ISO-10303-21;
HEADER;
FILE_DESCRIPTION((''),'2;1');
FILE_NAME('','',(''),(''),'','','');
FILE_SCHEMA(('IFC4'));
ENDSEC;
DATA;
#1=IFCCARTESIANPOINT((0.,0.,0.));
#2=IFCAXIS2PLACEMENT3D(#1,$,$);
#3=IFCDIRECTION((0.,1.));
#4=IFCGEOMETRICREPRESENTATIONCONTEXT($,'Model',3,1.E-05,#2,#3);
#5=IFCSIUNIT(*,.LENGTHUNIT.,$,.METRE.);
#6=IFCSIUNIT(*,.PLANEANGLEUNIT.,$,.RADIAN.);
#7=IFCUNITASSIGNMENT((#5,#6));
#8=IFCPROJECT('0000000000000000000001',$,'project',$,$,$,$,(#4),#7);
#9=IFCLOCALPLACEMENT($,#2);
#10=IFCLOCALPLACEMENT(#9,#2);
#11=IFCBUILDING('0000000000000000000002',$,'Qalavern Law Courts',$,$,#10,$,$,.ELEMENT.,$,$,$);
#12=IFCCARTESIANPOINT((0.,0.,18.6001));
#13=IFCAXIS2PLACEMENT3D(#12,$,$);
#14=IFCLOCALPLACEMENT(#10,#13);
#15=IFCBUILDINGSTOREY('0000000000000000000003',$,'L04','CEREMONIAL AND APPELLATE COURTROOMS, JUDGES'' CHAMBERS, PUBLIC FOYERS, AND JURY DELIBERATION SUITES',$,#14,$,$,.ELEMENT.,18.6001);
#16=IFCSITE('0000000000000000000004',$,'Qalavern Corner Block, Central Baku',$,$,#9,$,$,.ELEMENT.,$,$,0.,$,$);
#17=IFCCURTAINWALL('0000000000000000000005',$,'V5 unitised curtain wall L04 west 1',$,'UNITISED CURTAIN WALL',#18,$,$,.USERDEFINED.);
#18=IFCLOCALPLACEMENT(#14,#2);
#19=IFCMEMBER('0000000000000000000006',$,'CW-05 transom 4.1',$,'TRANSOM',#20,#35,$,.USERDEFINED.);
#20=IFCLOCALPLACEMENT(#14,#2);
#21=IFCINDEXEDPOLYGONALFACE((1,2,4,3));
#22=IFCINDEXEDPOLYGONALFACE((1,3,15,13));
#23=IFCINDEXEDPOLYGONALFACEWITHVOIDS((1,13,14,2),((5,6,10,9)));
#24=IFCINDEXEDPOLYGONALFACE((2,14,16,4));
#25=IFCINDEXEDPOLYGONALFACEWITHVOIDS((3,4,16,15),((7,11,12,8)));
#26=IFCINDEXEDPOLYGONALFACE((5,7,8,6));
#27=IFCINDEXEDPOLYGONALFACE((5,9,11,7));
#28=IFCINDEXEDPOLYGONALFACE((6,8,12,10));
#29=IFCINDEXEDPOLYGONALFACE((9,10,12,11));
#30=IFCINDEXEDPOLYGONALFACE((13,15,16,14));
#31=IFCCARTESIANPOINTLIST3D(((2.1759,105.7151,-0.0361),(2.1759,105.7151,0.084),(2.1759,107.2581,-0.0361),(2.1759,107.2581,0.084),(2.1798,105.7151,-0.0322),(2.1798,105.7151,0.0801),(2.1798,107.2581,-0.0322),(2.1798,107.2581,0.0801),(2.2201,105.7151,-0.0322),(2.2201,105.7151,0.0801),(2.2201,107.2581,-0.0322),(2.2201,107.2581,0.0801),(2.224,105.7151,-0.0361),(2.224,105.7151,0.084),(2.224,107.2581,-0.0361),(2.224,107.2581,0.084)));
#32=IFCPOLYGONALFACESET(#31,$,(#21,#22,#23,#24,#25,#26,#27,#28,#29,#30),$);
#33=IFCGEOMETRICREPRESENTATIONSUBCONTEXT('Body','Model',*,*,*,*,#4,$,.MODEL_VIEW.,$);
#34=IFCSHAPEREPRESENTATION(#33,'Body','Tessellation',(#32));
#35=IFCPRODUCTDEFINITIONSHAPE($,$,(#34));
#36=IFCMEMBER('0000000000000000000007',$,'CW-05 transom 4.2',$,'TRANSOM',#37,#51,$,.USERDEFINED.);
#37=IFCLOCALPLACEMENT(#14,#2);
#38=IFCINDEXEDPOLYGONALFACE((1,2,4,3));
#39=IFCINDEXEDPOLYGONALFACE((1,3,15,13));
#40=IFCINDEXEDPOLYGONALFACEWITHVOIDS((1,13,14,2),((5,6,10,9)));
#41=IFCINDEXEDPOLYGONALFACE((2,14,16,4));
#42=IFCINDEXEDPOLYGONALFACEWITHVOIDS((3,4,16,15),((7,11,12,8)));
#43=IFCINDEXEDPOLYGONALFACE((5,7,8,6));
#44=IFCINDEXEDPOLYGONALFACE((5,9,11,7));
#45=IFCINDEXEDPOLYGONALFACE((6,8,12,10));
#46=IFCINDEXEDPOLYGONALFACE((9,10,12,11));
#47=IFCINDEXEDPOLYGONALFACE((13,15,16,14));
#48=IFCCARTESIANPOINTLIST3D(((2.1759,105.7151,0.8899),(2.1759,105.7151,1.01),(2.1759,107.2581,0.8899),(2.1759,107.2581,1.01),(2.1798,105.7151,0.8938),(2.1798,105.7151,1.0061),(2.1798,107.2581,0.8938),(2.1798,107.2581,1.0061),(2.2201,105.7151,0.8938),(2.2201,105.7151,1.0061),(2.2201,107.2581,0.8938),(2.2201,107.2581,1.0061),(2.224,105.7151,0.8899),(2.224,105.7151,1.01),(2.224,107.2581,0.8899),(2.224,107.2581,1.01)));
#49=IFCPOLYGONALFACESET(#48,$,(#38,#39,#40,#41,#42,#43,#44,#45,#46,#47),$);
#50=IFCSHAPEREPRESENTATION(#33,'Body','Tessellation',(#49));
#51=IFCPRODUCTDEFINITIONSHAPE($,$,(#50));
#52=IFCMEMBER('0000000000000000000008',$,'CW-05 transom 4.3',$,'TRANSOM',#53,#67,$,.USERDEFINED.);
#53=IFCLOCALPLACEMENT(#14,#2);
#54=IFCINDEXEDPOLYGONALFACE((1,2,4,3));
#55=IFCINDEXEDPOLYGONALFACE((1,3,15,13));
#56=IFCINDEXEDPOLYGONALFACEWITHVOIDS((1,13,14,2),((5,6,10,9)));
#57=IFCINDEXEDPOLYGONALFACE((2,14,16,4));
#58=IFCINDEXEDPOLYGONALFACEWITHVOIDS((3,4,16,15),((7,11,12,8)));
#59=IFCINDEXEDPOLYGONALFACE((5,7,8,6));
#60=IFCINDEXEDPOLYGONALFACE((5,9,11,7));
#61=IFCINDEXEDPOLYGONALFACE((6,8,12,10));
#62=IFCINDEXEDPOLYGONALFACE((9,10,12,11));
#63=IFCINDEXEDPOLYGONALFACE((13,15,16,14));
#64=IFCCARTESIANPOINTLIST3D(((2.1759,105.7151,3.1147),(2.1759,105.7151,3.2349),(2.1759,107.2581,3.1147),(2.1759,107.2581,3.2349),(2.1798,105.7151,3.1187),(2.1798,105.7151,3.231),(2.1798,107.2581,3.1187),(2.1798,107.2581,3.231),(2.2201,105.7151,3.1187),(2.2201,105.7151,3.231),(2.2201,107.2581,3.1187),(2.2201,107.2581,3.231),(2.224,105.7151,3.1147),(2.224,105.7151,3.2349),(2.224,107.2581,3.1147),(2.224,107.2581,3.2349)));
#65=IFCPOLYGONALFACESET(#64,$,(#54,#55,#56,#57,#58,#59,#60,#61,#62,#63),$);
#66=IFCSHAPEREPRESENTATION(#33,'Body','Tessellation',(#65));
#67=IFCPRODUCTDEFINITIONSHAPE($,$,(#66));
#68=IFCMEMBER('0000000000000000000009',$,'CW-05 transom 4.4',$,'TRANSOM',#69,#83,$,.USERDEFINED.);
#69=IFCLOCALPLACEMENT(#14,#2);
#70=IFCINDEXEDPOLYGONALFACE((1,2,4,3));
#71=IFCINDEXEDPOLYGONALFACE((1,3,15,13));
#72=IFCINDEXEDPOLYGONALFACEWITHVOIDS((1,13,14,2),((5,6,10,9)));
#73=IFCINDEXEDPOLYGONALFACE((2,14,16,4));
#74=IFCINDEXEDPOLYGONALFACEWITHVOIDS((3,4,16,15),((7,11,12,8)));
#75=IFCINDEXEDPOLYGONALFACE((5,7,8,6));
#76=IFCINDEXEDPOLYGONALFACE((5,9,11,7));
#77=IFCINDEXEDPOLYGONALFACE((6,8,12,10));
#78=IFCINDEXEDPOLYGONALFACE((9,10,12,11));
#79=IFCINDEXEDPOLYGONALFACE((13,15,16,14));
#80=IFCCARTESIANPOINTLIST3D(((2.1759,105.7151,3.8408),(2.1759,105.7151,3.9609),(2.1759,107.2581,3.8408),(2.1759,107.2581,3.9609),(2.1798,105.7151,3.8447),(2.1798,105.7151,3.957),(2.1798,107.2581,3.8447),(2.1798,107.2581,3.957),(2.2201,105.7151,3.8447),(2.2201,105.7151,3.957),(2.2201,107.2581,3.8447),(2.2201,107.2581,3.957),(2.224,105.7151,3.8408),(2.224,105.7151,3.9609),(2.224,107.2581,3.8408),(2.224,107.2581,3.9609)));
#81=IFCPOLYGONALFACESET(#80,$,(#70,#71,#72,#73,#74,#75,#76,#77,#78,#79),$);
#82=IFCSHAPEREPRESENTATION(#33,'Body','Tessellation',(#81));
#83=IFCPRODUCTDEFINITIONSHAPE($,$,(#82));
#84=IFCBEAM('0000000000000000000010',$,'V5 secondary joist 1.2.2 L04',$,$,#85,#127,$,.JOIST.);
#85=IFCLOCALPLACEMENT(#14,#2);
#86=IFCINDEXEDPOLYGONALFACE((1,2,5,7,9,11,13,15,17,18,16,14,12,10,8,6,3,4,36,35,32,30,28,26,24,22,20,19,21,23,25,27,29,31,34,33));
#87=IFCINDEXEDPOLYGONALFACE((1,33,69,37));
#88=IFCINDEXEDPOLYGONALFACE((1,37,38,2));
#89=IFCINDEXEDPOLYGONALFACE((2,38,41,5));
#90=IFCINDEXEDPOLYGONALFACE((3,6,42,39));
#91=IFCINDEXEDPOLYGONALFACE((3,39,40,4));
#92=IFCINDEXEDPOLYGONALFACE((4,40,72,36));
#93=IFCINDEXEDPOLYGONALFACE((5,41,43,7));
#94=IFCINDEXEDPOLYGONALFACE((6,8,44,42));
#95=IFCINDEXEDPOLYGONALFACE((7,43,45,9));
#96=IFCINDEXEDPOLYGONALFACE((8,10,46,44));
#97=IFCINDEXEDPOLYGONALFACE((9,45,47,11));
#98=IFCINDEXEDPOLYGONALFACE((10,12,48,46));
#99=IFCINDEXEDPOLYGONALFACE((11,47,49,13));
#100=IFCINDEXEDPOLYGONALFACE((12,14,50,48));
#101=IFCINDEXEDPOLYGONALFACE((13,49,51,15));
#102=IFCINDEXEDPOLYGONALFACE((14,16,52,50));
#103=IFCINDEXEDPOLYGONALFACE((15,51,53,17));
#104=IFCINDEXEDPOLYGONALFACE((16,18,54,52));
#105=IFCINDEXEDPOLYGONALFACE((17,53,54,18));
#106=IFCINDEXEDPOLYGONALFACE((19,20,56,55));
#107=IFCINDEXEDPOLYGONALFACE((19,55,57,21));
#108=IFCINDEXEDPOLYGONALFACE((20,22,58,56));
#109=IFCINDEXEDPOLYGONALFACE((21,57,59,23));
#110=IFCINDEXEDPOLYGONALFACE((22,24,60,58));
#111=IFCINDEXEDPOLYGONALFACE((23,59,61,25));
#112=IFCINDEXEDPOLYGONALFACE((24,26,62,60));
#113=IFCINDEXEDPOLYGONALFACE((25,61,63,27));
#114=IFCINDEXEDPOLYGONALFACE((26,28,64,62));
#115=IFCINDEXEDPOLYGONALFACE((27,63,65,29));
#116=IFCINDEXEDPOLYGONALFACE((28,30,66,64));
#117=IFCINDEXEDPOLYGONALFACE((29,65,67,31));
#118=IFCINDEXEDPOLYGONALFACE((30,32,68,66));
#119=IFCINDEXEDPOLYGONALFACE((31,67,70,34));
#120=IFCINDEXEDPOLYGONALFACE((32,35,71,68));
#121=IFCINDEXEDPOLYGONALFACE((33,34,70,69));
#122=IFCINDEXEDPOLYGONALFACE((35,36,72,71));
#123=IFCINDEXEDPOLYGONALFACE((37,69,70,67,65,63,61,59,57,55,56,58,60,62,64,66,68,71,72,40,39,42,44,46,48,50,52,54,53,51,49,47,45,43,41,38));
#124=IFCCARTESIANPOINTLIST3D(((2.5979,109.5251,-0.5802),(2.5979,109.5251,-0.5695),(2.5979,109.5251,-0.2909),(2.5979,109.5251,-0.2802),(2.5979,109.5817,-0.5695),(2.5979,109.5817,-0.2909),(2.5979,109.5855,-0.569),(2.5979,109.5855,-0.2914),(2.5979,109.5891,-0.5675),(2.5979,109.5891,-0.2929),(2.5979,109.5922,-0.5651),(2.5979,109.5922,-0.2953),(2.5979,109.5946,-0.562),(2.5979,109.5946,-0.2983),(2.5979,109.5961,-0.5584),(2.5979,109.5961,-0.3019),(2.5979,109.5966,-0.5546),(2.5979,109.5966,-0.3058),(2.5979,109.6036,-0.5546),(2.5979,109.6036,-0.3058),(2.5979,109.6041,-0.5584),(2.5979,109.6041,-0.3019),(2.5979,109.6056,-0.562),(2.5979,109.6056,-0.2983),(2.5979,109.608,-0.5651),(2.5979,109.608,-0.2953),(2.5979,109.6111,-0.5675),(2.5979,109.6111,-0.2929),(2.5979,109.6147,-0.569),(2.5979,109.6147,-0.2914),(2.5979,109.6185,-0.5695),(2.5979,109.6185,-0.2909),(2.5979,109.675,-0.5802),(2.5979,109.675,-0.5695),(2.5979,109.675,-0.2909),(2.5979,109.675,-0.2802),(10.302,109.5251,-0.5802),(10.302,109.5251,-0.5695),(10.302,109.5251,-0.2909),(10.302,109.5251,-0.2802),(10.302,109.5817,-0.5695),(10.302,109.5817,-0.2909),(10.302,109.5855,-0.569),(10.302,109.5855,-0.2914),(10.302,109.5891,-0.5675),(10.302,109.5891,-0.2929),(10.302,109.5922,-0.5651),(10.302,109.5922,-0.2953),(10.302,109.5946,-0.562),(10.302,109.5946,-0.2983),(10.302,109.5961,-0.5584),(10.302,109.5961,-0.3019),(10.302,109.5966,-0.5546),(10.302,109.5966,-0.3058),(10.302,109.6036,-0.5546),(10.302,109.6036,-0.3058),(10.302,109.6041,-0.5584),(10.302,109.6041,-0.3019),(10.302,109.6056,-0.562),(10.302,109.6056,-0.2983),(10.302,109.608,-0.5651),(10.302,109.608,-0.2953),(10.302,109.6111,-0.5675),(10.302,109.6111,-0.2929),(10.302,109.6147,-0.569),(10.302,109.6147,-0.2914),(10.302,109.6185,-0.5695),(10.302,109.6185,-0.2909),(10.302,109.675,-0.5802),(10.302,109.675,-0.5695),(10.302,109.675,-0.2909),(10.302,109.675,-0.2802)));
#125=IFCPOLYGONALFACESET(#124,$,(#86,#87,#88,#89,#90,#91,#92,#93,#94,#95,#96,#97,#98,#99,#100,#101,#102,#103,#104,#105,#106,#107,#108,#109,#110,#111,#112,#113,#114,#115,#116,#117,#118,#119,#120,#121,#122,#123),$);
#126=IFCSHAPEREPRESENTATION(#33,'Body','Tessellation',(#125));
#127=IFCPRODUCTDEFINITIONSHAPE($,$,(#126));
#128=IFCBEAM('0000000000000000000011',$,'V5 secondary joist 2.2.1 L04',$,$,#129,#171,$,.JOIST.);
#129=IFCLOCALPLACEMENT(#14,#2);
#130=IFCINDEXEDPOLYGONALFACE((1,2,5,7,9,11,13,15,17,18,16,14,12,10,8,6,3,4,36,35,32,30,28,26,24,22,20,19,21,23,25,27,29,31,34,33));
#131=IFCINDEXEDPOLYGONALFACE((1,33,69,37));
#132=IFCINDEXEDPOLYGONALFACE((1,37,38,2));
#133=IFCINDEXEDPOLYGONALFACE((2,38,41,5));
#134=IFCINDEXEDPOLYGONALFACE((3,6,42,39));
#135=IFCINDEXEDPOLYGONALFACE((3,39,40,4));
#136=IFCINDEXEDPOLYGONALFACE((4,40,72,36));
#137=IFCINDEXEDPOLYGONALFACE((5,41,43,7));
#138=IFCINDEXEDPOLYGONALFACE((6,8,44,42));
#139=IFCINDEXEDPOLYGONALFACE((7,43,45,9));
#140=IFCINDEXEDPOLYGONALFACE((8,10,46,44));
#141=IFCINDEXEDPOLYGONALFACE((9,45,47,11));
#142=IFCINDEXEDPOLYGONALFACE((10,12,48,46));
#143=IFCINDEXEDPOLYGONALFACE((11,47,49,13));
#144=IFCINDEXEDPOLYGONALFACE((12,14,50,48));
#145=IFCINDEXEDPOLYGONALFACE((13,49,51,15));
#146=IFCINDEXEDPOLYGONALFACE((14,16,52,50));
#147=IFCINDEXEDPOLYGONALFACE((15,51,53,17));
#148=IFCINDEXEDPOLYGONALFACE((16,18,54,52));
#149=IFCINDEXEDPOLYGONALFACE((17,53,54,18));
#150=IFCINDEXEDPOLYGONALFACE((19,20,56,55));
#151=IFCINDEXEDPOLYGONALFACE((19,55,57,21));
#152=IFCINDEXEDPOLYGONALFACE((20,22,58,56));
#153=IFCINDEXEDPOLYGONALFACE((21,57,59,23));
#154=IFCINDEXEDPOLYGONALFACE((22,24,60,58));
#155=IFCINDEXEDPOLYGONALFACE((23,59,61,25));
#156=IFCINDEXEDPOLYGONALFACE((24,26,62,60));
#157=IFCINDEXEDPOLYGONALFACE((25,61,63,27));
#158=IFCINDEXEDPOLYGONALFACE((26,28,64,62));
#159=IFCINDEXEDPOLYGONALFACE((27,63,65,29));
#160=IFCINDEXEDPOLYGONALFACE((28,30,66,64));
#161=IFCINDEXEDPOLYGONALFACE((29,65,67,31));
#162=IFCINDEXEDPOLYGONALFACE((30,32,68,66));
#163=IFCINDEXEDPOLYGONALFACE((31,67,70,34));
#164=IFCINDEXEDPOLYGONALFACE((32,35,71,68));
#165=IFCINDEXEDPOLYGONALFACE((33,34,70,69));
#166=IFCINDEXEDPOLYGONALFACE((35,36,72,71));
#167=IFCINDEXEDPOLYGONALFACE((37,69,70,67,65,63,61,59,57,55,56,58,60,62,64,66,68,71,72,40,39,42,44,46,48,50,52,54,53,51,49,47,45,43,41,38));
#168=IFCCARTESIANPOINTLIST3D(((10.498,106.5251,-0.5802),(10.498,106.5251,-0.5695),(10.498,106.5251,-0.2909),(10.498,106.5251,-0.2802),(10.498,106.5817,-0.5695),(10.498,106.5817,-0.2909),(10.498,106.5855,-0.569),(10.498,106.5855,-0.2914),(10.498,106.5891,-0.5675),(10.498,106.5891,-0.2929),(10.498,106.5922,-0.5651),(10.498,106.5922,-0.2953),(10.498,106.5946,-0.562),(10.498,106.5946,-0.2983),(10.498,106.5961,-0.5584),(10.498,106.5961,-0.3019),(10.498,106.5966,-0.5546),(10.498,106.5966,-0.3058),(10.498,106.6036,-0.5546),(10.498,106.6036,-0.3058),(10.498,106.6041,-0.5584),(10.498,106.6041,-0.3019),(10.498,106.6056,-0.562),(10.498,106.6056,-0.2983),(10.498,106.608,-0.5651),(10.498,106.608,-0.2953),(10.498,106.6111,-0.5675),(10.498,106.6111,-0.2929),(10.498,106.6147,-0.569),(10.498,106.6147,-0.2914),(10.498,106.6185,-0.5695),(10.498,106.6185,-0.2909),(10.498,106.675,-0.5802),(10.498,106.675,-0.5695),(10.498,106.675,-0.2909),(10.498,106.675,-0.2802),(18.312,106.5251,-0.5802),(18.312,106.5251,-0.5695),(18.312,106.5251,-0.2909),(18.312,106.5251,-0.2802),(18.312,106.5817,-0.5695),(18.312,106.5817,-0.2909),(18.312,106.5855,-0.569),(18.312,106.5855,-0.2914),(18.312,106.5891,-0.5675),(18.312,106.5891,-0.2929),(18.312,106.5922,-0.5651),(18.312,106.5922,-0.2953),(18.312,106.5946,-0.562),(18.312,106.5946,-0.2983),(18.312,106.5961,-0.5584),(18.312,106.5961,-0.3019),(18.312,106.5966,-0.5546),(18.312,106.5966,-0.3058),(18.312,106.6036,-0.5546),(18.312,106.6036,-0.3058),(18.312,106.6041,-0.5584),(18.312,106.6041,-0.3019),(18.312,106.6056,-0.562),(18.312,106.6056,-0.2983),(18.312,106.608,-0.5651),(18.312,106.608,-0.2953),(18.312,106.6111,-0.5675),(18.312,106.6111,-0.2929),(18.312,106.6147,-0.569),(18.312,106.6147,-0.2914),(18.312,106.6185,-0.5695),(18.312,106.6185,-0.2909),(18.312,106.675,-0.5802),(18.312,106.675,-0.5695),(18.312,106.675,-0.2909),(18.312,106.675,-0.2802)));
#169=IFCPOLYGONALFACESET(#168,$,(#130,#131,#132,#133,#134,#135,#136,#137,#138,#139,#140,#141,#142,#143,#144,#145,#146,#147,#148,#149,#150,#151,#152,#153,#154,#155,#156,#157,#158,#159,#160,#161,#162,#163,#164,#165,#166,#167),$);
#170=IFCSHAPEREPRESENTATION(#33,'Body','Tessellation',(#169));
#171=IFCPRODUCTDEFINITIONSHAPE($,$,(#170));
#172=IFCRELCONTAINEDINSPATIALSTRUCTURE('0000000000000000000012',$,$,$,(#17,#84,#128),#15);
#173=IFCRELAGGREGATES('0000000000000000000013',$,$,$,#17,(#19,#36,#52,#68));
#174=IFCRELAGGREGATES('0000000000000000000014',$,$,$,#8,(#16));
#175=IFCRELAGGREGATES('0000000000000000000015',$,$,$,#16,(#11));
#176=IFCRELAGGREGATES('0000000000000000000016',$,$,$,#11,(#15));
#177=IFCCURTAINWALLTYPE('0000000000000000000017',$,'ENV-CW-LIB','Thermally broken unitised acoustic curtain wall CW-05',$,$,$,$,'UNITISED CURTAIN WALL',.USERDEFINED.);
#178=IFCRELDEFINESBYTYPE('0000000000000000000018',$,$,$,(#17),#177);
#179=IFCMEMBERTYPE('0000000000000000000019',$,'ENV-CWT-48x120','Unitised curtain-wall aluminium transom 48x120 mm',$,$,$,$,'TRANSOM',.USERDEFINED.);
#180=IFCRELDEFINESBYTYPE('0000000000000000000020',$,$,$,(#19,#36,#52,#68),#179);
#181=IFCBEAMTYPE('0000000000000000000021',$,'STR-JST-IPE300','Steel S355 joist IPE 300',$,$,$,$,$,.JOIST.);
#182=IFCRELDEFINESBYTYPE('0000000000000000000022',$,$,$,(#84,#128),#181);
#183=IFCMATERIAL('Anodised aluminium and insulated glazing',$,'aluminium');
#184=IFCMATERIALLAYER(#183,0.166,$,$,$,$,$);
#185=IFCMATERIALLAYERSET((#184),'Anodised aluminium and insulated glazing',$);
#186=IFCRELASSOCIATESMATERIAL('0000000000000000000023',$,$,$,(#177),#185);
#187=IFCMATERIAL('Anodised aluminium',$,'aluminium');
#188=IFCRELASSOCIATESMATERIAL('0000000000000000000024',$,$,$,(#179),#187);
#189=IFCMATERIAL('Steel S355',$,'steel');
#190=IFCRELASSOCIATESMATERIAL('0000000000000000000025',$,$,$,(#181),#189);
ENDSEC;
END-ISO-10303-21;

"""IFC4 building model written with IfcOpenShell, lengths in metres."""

from ifc_helpers import new_model, si_unit, direction, frame, origin, origin_2d, place, context, subcontext, project, spatial, hollow_rectangle, i_section, extrude, material, layer, layer_set, material_profile, profile_set, type_object, element, aggregate, save


model = new_model("IFC4")

# Units and contexts
model_context = context("Model", 3, precision=1e-05, world=origin(), true_north=direction((0.0, 1.0)))
body_context = subcontext(model_context, "Body", "Model", "MODEL_VIEW")
ifc_project = project(units=[si_unit("LENGTHUNIT", "METRE"), si_unit("PLANEANGLEUNIT", "RADIAN")], contexts=[model_context])

# Site, building, storey
site_placement = place(None, origin())
site = spatial("IfcSite", under=ifc_project, at=site_placement, Name="Qalavern Corner Block, Central Baku", CompositionType="ELEMENT", RefElevation=0.0)
building_placement = place(site_placement, origin())
building = spatial("IfcBuilding", under=site, at=building_placement, Name="Qalavern Law Courts", CompositionType="ELEMENT")
storey_placement = place(building_placement, frame((0.0, 0.0, 18.6001)))
storey = spatial("IfcBuildingStorey", under=building, at=storey_placement, Name="L04", Description="CEREMONIAL AND APPELLATE COURTROOMS, JUDGES' CHAMBERS, PUBLIC FOYERS, AND JURY DELIBERATION SUITES", CompositionType="ELEMENT", Elevation=18.6001)

# Curtain wall, members
ifc_material_1 = material(Name="Anodised aluminium and insulated glazing", Category="aluminium")
ifc_layer_1 = layer(ifc_material_1, 0.166)
ifc_layer_set_1 = layer_set([ifc_layer_1], Name="Anodised aluminium and insulated glazing")
curtain_wall_type = type_object("IfcCurtainWallType", Name="ENV-CW-LIB", Description="Thermally broken unitised acoustic curtain wall CW-05", ElementType="UNITISED CURTAIN WALL", PredefinedType="USERDEFINED", material=ifc_layer_set_1)
curtain_wall_placement = place(storey_placement, origin())
curtain_wall = element("IfcCurtainWall", 1, at=curtain_wall_placement, inside=storey, type_object=curtain_wall_type, Name="V5 unitised curtain wall L04 west 1", ObjectType="UNITISED CURTAIN WALL", PredefinedType="USERDEFINED")
ifc_material_2 = material(Name="Anodised aluminium", Category="aluminium")
ifc_material_profile_1 = material_profile(ifc_material_2, hollow_rectangle(XDim=0.0481, YDim=0.1201, WallThickness=0.0039, at=origin_2d()), Name="ALU TRANSOM 48x120")
ifc_profile_set_1 = profile_set([ifc_material_profile_1], Name="Anodised aluminium")
member_type_1 = type_object("IfcMemberType", Name="ENV-CWT-48x120", Description="Unitised curtain-wall aluminium transom 48x120 mm", ElementType="TRANSOM", PredefinedType="USERDEFINED", material=ifc_profile_set_1)
member_1_placement = place(storey_placement, frame((2.2, 107.2581, 0.0239), z_axis=(0.0, -1.0, 0.0), x_axis=(1.0, 0.0, 0.0)))
member_1 = element("IfcMember", 2, at=member_1_placement, type_object=member_type_1, Name="CW-05 transom 4.1", ObjectType="TRANSOM", PredefinedType="USERDEFINED", context=body_context, shape_type="SweptSolid", body=[
    extrude(hollow_rectangle(XDim=0.0481, YDim=0.1201, WallThickness=0.0039, at=origin_2d()), origin(), (0.0, 0.0, 1.0), 1.543),
])
member_2_placement = place(storey_placement, frame((2.2, 107.2581, 0.95), z_axis=(0.0, -1.0, 0.0), x_axis=(1.0, 0.0, 0.0)))
member_2 = element("IfcMember", 3, at=member_2_placement, type_object=member_type_1, Name="CW-05 transom 4.2", ObjectType="TRANSOM", PredefinedType="USERDEFINED", context=body_context, shape_type="SweptSolid", body=[
    extrude(hollow_rectangle(XDim=0.0481, YDim=0.1201, WallThickness=0.0039, at=origin_2d()), origin(), (0.0, 0.0, 1.0), 1.543),
])
member_3_placement = place(storey_placement, frame((2.2, 107.2581, 3.1748), z_axis=(0.0, -1.0, 0.0), x_axis=(1.0, 0.0, 0.0)))
member_3 = element("IfcMember", 4, at=member_3_placement, type_object=member_type_1, Name="CW-05 transom 4.3", ObjectType="TRANSOM", PredefinedType="USERDEFINED", context=body_context, shape_type="SweptSolid", body=[
    extrude(hollow_rectangle(XDim=0.0481, YDim=0.1201, WallThickness=0.0039, at=origin_2d()), origin(), (0.0, 0.0, 1.0), 1.543),
])
member_4_placement = place(storey_placement, frame((2.2, 107.2581, 3.9009), z_axis=(0.0, -1.0, 0.0), x_axis=(1.0, 0.0, 0.0)))
member_4 = element("IfcMember", 5, at=member_4_placement, type_object=member_type_1, Name="CW-05 transom 4.4", ObjectType="TRANSOM", PredefinedType="USERDEFINED", context=body_context, shape_type="SweptSolid", body=[
    extrude(hollow_rectangle(XDim=0.0481, YDim=0.1201, WallThickness=0.0039, at=origin_2d()), origin(), (0.0, 0.0, 1.0), 1.543),
])

# Beams
ifc_material_3 = material(Name="Steel S355", Category="steel")
ifc_material_profile_2 = material_profile(ifc_material_3, i_section(OverallWidth=0.1499, OverallDepth=0.3, WebThickness=0.0071, FlangeThickness=0.0107, FilletRadius=0.0149, at=origin_2d()), Name="IPE 300")
ifc_profile_set_2 = profile_set([ifc_material_profile_2], Name="Steel S355")
beam_type_1 = type_object("IfcBeamType", Name="STR-JST-IPE300", Description="Steel S355 joist IPE 300", PredefinedType="JOIST", material=ifc_profile_set_2)
beam_1_placement = place(storey_placement, frame((2.5979, 109.6001, -0.4302), z_axis=(1.0, 0.0, 0.0), x_axis=(0.0, 1.0, 0.0)))
element("IfcBeam", 6, at=beam_1_placement, inside=storey, type_object=beam_type_1, Name="V5 secondary joist 1.2.2 L04", PredefinedType="JOIST", context=body_context, shape_type="SweptSolid", body=[
    extrude(i_section(OverallWidth=0.1499, OverallDepth=0.3, WebThickness=0.0071, FlangeThickness=0.0107, FilletRadius=0.0149, at=origin_2d()), origin(), (0.0, 0.0, 1.0), 7.7041),
])
beam_2_placement = place(storey_placement, frame((10.498, 106.6001, -0.4302), z_axis=(1.0, 0.0, 0.0), x_axis=(0.0, 1.0, 0.0)))
element("IfcBeam", 7, at=beam_2_placement, inside=storey, type_object=beam_type_1, Name="V5 secondary joist 2.2.1 L04", PredefinedType="JOIST", context=body_context, shape_type="SweptSolid", body=[
    extrude(i_section(OverallWidth=0.1499, OverallDepth=0.3, WebThickness=0.0071, FlangeThickness=0.0107, FilletRadius=0.0149, at=origin_2d()), origin(), (0.0, 0.0, 1.0), 7.814),
])

aggregate(curtain_wall, [member_1, member_2, member_3, member_4])

save(model, "model.ifc")
